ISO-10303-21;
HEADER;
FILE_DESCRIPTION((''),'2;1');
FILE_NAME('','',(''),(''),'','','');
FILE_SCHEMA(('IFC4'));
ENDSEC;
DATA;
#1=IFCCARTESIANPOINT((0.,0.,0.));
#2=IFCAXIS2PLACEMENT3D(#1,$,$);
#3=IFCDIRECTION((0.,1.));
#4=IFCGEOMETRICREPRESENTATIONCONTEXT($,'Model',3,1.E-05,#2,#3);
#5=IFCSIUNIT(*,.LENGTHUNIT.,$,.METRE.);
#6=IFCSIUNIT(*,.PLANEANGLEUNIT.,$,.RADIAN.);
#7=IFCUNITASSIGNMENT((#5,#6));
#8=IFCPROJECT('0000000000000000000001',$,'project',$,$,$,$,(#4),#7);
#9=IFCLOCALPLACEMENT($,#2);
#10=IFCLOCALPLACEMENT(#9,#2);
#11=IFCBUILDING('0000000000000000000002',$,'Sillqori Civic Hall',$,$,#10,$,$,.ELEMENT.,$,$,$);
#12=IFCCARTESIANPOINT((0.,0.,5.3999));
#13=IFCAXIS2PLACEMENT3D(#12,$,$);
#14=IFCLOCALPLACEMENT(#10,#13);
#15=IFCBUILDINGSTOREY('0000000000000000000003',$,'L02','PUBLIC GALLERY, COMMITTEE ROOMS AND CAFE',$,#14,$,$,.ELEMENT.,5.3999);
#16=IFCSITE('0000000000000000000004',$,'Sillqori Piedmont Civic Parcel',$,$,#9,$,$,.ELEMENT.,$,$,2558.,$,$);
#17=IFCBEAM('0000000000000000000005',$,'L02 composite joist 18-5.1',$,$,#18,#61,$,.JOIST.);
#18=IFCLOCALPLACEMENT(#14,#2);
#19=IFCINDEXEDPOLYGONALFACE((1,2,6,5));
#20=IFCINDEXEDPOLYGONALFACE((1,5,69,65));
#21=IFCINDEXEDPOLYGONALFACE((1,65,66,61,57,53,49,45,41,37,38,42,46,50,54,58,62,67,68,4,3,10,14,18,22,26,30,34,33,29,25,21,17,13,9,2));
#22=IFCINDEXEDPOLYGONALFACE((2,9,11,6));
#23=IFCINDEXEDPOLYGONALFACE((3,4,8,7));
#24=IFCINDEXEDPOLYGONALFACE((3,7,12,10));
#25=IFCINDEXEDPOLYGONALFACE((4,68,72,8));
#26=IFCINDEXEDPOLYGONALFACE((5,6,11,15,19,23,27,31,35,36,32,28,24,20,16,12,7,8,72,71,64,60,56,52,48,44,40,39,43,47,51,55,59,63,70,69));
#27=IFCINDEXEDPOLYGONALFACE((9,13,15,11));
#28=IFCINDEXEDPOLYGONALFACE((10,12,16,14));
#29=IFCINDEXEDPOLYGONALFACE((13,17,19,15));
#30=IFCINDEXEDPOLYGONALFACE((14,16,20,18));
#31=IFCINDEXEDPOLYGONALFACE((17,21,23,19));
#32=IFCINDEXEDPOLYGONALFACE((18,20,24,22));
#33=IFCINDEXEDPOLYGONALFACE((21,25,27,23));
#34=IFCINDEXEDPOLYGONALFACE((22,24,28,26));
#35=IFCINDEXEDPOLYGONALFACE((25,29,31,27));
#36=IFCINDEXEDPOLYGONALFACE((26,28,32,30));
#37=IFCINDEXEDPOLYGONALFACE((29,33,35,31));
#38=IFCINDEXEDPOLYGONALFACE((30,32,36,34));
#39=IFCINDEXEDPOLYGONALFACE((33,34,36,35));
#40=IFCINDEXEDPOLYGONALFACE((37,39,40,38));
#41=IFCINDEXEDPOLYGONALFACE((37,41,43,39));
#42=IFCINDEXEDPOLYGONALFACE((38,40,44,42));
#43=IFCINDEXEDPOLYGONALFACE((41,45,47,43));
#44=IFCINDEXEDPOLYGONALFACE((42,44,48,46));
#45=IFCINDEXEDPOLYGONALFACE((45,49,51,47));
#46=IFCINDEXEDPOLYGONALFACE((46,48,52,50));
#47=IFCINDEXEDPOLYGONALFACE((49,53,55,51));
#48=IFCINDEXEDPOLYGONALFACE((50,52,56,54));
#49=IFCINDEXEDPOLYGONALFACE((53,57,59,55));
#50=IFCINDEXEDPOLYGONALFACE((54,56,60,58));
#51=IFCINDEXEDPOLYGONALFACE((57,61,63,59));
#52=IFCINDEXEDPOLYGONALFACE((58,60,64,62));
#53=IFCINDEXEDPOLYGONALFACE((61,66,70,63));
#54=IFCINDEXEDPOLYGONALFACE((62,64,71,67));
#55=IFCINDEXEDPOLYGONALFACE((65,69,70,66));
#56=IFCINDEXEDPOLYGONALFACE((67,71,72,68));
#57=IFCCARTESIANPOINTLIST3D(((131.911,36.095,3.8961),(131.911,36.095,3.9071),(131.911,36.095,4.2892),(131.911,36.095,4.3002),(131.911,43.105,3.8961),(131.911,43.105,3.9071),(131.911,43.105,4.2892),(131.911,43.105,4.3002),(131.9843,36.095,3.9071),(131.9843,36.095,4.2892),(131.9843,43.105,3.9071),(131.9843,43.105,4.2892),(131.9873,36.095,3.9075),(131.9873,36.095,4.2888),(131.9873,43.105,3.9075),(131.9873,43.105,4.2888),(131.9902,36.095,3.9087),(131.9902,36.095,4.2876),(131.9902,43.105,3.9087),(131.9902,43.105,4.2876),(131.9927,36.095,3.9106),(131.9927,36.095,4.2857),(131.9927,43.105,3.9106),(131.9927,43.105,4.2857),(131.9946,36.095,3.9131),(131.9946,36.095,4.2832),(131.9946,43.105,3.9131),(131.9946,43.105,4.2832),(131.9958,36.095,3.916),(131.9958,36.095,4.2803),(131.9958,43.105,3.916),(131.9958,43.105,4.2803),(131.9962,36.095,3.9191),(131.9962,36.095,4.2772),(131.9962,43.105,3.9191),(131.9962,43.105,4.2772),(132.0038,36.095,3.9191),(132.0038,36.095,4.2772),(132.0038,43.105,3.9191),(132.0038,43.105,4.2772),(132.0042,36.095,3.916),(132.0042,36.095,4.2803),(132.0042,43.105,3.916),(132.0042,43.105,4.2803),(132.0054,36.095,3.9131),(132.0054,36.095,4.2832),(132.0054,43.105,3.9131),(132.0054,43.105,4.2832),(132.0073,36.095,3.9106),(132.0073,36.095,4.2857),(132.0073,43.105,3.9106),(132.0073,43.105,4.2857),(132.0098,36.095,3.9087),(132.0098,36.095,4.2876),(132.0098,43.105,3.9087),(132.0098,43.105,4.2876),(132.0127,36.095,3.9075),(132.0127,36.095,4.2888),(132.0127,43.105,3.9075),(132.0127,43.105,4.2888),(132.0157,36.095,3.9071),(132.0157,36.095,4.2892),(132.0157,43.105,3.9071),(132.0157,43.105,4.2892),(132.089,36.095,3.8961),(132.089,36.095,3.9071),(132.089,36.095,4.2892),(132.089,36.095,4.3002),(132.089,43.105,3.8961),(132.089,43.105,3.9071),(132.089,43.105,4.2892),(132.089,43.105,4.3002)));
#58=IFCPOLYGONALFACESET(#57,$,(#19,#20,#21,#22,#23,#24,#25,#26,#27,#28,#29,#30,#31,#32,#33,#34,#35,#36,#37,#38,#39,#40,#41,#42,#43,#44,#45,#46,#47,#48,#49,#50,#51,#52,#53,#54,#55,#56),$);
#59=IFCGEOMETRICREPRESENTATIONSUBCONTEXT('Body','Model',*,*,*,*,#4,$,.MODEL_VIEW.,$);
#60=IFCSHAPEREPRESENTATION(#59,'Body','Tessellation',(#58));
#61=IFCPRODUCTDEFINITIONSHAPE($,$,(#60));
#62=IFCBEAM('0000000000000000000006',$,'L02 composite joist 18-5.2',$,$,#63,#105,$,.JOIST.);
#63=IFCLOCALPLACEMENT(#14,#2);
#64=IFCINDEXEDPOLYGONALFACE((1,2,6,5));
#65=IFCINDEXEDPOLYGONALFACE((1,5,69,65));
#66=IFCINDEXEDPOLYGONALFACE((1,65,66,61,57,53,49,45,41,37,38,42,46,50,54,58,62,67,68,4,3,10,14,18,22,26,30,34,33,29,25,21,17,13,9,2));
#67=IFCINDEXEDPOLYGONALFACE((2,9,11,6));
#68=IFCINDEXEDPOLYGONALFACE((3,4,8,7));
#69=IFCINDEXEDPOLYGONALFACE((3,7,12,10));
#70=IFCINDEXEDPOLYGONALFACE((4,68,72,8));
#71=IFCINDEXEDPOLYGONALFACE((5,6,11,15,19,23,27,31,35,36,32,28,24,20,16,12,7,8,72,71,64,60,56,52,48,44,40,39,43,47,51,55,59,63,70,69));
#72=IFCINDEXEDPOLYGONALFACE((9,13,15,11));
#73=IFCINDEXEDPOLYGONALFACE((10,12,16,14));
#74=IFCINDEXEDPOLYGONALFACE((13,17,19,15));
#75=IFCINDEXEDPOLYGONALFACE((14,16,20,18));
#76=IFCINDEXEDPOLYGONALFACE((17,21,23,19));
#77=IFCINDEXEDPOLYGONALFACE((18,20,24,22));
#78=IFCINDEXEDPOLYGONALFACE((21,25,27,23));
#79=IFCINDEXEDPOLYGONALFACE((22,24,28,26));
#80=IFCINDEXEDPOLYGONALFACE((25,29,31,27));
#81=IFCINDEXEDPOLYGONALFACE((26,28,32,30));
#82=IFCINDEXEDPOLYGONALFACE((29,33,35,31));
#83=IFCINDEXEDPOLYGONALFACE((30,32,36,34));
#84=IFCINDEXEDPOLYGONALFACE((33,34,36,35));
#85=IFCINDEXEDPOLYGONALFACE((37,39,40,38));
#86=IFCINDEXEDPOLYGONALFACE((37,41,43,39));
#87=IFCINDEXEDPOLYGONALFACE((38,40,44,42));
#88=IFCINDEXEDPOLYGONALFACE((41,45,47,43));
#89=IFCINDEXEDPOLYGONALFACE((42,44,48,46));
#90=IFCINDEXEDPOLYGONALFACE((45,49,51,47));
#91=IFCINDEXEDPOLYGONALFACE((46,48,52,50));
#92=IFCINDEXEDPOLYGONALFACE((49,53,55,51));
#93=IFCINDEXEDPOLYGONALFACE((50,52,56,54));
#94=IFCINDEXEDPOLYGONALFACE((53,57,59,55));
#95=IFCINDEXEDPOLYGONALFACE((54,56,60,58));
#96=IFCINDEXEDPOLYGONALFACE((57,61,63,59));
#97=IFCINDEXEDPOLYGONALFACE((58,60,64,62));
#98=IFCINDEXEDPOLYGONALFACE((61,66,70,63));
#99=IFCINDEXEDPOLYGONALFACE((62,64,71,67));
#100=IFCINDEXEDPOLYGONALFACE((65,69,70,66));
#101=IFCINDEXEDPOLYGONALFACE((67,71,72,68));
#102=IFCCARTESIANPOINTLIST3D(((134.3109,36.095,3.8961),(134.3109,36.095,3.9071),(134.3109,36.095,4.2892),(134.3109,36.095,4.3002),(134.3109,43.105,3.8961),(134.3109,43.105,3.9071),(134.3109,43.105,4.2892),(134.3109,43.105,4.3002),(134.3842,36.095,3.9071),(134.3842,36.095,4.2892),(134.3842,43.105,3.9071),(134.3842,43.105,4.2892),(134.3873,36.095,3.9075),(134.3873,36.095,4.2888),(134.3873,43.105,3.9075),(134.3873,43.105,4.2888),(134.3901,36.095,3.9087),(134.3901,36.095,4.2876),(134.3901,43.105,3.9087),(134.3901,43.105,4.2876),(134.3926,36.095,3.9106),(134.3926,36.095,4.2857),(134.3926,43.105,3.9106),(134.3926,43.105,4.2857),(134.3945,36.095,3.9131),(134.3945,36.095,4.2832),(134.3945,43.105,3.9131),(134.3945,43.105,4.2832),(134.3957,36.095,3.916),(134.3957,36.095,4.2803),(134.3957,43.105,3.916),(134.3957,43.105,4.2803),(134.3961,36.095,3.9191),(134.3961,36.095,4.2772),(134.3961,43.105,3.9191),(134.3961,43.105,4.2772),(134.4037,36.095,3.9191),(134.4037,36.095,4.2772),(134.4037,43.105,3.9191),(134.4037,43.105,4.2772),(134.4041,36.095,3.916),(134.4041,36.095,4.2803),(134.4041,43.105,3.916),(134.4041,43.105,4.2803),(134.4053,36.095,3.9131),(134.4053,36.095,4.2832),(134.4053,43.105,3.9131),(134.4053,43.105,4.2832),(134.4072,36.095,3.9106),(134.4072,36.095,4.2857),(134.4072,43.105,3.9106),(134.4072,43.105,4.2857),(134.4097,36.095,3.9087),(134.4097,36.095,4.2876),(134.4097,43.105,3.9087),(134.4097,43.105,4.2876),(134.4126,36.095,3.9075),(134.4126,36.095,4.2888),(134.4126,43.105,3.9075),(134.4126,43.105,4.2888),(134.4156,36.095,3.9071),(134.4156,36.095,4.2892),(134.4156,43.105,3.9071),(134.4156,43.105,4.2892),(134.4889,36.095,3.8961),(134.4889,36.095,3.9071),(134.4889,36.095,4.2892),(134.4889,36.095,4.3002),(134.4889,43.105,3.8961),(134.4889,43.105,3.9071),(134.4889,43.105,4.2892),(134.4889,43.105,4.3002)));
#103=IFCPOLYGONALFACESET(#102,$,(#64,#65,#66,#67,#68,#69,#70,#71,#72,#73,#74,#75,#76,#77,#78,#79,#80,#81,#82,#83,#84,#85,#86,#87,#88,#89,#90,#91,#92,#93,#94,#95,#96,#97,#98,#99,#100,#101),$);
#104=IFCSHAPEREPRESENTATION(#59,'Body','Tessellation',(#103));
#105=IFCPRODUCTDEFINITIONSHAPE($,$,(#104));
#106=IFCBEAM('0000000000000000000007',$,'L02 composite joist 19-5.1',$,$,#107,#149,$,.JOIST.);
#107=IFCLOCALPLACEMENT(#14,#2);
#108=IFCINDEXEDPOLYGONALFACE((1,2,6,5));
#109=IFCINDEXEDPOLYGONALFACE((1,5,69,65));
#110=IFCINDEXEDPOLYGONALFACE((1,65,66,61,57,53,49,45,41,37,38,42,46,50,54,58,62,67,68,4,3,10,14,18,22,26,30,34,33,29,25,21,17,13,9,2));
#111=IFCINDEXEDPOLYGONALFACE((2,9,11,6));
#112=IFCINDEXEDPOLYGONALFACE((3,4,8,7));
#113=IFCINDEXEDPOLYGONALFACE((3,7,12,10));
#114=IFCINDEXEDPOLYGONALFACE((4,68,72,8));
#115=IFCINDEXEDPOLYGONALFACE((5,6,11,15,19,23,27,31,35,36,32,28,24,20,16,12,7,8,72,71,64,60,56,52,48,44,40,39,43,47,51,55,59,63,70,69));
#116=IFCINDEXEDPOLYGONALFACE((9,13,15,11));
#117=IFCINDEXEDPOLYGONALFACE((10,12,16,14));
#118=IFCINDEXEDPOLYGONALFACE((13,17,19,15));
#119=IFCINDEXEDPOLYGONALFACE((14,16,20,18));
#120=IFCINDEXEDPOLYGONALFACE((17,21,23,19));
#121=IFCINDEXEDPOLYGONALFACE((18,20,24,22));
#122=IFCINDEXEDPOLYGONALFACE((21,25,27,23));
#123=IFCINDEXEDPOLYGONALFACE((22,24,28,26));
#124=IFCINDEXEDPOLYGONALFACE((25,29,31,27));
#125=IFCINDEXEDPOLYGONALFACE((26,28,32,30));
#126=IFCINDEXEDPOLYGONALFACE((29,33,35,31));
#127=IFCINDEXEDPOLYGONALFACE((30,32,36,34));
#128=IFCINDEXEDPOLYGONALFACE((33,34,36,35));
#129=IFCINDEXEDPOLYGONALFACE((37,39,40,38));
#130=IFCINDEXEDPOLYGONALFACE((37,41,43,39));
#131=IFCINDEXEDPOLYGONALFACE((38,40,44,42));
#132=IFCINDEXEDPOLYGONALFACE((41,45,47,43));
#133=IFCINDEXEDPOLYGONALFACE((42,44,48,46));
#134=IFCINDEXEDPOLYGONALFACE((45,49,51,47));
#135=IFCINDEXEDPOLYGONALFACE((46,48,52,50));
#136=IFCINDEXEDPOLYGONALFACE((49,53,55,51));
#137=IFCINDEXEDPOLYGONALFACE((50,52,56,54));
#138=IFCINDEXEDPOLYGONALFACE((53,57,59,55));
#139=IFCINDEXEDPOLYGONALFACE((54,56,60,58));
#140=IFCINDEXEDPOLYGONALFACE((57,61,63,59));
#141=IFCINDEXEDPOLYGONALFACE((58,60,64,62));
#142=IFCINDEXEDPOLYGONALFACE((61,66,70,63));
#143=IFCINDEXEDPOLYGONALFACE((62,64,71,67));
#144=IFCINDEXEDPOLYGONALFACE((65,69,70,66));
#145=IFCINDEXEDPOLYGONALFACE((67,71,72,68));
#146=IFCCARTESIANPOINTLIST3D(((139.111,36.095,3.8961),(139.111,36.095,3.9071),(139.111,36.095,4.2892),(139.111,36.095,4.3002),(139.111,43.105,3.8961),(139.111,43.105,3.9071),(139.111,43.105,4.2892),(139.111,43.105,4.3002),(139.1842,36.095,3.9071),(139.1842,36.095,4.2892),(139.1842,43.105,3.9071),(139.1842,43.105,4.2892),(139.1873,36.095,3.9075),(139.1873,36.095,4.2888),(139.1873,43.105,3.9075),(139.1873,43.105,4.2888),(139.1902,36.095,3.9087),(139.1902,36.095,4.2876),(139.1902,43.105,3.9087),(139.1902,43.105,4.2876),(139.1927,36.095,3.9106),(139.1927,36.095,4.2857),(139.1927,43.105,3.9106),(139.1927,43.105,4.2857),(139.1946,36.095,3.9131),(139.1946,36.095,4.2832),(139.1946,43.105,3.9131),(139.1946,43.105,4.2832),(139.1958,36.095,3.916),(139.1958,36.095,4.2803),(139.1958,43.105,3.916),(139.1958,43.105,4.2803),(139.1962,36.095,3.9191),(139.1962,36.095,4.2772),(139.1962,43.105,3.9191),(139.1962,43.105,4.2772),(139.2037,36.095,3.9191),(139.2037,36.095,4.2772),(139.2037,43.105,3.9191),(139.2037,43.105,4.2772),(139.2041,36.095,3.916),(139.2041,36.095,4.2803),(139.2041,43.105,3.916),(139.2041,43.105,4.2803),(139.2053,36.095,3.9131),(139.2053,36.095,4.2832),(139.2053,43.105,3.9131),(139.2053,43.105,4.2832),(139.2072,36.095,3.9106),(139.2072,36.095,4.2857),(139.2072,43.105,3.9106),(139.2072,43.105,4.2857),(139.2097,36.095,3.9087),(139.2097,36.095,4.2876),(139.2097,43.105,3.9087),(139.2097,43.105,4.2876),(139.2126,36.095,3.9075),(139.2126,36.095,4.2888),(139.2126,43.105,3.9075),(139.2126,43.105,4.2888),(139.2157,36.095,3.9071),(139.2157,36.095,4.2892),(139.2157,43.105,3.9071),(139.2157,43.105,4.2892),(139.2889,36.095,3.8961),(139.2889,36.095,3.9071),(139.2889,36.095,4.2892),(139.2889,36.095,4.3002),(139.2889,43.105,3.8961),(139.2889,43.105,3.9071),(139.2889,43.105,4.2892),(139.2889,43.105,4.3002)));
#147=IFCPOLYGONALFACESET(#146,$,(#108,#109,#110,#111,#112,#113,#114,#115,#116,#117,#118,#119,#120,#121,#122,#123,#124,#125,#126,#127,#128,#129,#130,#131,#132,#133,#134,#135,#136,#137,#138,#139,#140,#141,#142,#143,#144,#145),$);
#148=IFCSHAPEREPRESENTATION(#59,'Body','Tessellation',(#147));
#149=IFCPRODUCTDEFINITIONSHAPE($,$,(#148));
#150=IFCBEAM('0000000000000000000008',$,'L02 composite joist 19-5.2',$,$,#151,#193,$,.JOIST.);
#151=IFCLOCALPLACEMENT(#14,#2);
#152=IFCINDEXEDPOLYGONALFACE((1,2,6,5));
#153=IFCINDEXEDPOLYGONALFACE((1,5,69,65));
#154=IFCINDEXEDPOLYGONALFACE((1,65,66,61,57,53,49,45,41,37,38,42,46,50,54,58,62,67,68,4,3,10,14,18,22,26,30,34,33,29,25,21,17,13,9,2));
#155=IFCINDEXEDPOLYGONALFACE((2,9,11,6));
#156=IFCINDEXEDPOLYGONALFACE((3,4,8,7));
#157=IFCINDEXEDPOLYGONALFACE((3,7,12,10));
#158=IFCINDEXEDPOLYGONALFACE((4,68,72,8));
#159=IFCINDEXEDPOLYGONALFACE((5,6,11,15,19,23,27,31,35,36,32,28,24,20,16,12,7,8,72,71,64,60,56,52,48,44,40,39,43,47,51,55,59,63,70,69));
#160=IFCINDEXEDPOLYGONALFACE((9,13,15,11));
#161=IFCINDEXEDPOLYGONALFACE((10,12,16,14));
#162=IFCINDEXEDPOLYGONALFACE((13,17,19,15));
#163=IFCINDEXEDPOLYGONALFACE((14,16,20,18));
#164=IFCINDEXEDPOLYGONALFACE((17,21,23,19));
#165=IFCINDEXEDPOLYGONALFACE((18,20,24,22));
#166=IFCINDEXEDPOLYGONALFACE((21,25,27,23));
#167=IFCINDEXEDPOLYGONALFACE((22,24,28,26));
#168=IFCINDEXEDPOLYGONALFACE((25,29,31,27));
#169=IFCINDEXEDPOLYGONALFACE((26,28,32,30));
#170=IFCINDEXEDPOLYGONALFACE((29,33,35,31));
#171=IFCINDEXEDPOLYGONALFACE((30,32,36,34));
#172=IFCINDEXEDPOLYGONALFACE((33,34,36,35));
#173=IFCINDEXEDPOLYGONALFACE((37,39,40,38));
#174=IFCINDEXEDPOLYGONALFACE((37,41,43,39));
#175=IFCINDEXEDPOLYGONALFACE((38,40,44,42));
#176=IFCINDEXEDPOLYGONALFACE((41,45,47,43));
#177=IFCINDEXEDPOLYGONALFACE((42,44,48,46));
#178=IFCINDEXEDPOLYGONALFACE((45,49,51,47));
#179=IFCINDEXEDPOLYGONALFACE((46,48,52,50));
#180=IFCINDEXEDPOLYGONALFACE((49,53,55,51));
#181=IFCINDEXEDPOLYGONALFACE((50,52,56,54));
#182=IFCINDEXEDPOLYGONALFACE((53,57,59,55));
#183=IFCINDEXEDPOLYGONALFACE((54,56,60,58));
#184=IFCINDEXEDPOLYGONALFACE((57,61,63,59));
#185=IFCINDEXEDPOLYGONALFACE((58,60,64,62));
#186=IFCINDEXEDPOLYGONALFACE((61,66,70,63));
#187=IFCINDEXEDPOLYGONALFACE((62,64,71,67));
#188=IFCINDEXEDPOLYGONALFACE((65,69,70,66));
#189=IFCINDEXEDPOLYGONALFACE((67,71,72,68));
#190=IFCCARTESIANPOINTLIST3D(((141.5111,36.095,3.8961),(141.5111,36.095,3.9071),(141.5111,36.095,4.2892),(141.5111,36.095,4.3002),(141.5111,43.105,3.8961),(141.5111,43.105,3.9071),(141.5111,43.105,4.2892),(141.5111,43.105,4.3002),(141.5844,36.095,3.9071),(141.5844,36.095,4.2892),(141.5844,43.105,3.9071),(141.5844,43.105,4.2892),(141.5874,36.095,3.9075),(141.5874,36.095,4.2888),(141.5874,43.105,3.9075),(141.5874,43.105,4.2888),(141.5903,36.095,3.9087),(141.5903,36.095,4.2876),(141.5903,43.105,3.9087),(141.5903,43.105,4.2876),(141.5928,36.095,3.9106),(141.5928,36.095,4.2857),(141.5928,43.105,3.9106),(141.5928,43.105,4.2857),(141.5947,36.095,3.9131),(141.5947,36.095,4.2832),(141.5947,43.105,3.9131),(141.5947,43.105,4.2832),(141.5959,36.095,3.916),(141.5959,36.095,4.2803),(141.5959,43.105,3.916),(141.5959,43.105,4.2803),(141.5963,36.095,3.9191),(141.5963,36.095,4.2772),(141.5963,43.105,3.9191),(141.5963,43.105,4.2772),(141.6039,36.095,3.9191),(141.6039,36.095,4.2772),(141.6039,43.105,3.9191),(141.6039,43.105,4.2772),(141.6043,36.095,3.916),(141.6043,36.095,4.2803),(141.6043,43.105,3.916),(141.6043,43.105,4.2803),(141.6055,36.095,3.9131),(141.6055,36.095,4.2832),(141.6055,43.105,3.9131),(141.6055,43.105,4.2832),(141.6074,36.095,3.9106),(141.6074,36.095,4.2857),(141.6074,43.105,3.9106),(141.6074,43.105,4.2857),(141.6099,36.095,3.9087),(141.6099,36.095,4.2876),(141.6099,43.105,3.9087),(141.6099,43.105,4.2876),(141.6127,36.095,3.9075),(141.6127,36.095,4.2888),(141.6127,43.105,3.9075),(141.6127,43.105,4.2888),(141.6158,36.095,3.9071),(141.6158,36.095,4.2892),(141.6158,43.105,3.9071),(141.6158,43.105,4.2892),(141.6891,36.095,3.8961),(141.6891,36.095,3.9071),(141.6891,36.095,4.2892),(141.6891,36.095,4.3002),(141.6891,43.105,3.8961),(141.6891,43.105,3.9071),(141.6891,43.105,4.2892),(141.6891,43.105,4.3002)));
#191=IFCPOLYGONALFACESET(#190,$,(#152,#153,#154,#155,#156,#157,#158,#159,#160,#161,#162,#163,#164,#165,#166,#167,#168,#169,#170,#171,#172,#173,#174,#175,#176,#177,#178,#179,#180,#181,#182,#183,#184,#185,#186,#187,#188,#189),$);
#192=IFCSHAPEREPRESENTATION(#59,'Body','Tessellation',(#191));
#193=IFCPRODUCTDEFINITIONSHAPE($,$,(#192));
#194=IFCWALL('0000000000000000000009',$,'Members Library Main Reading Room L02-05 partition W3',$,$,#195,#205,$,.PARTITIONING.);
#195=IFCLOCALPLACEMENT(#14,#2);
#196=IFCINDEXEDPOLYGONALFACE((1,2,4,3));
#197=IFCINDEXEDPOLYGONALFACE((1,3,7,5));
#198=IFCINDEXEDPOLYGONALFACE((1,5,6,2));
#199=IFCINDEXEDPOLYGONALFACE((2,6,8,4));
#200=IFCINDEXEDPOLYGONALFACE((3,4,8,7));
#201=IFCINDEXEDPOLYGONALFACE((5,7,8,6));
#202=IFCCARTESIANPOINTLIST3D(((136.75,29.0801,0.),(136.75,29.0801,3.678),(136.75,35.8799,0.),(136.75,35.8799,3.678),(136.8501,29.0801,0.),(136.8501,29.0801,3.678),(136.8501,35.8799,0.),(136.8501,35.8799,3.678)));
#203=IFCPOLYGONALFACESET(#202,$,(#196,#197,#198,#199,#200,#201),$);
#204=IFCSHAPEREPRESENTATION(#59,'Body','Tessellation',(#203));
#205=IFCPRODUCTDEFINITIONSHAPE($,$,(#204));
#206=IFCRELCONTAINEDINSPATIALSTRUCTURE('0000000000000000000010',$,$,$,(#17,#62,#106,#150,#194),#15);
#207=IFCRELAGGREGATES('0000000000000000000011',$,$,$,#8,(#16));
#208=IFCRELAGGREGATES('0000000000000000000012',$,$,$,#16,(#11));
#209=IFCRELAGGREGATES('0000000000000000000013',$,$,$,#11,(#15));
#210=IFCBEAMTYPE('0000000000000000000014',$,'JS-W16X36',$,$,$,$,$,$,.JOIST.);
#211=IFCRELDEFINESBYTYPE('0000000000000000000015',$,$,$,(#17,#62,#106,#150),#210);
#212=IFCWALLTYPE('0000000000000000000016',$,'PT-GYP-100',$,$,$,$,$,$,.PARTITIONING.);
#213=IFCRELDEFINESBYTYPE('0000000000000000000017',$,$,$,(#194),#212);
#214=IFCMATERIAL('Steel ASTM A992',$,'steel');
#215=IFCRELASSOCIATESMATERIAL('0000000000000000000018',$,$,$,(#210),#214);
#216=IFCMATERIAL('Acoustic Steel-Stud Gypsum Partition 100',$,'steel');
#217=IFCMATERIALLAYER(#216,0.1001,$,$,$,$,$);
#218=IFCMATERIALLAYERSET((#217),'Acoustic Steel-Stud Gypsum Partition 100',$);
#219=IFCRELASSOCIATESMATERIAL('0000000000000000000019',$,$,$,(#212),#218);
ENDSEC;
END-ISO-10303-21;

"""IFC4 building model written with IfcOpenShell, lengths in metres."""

from ifc_helpers import new_model, si_unit, direction, frame, frame_2d, origin, origin_2d, place, context, subcontext, project, spatial, rectangle, i_section, extrude, material, layer, layer_set, material_profile, profile_set, type_object, element, save


model = new_model("IFC4")

# Units and contexts
model_context = context("Model", 3, precision=1e-05, world=origin(), true_north=direction((0.0, 1.0)))
body_context = subcontext(model_context, "Body", "Model", "MODEL_VIEW")
ifc_project = project(units=[si_unit("LENGTHUNIT", "METRE"), si_unit("PLANEANGLEUNIT", "RADIAN")], contexts=[model_context])

# Site, building, storey
site_placement = place(None, origin())
site = spatial("IfcSite", under=ifc_project, at=site_placement, Name="Sillqori Piedmont Civic Parcel", CompositionType="ELEMENT", RefElevation=2558.0)
building_placement = place(site_placement, origin())
building = spatial("IfcBuilding", under=site, at=building_placement, Name="Sillqori Civic Hall", CompositionType="ELEMENT")
storey_placement = place(building_placement, frame((0.0, 0.0, 5.3999)))
storey = spatial("IfcBuildingStorey", under=building, at=storey_placement, Name="L02", Description="PUBLIC GALLERY, COMMITTEE ROOMS AND CAFE", CompositionType="ELEMENT", Elevation=5.3999)

# Shared definitions
ifc_material_1 = material(Name="Steel ASTM A992", Category="steel")

# Beams
ifc_material_profile_1 = material_profile(ifc_material_1, i_section(OverallWidth=0.178, OverallDepth=0.4041, WebThickness=0.0076, FlangeThickness=0.011, FilletRadius=0.012, at=origin_2d()), Name="W16X36")
ifc_profile_set_1 = profile_set([ifc_material_profile_1], Name="Steel ASTM A992")
beam_type_1 = type_object("IfcBeamType", Name="JS-W16X36", PredefinedType="JOIST", material=ifc_profile_set_1)
for number, where, z_axis, x_axis, name in (
    (1, (132.0, 36.095, 4.0981), (0.0, 1.0, 0.0), (-1.0, 0.0, 0.0), "L02 composite joist 18-5.1"),
    (2, (134.3999, 36.095, 4.0981), (0.0, 1.0, 0.0), (-1.0, 0.0, 0.0), "L02 composite joist 18-5.2"),
    (3, (139.2, 36.095, 4.0981), (0.0, 1.0, 0.0), (-1.0, 0.0, 0.0), "L02 composite joist 19-5.1"),
    (4, (141.6001, 36.095, 4.0981), (0.0, 1.0, 0.0), (-1.0, 0.0, 0.0), "L02 composite joist 19-5.2"),
):
    element("IfcBeam", number, at=place(storey_placement, frame(where, z_axis=z_axis, x_axis=x_axis)), inside=storey, type_object=beam_type_1, Name=name, PredefinedType="JOIST", context=body_context, shape_type="SweptSolid", body=[
        extrude(i_section(OverallWidth=0.178, OverallDepth=0.4041, WebThickness=0.0076, FlangeThickness=0.011, FilletRadius=0.012, at=origin_2d()), origin(), (0.0, 0.0, 1.0), 7.01),
    ])

# Wall
ifc_material_2 = material(Name="Acoustic Steel-Stud Gypsum Partition 100", Category="steel")
ifc_layer_1 = layer(ifc_material_2, 0.1001)
ifc_layer_set_1 = layer_set([ifc_layer_1], Name="Acoustic Steel-Stud Gypsum Partition 100")
wall_type_1 = type_object("IfcWallType", Name="PT-GYP-100", PredefinedType="PARTITIONING", material=ifc_layer_set_1)
wall_1_placement = place(storey_placement, frame((136.8, 29.0801, 0.0), z_axis=(0.0, 0.0, 1.0), x_axis=(0.0, 1.0, 0.0)))
element("IfcWall", 5, at=wall_1_placement, inside=storey, type_object=wall_type_1, Name="Members Library Main Reading Room L02-05 partition W3", PredefinedType="PARTITIONING", context=body_context, shape_type="SweptSolid", body=[
    extrude(rectangle(XDim=6.7998, YDim=0.1001, at=frame_2d((3.3999, 0.0))), origin(), (0.0, 0.0, 1.0), 3.678),
])

save(model, "model.ifc")
